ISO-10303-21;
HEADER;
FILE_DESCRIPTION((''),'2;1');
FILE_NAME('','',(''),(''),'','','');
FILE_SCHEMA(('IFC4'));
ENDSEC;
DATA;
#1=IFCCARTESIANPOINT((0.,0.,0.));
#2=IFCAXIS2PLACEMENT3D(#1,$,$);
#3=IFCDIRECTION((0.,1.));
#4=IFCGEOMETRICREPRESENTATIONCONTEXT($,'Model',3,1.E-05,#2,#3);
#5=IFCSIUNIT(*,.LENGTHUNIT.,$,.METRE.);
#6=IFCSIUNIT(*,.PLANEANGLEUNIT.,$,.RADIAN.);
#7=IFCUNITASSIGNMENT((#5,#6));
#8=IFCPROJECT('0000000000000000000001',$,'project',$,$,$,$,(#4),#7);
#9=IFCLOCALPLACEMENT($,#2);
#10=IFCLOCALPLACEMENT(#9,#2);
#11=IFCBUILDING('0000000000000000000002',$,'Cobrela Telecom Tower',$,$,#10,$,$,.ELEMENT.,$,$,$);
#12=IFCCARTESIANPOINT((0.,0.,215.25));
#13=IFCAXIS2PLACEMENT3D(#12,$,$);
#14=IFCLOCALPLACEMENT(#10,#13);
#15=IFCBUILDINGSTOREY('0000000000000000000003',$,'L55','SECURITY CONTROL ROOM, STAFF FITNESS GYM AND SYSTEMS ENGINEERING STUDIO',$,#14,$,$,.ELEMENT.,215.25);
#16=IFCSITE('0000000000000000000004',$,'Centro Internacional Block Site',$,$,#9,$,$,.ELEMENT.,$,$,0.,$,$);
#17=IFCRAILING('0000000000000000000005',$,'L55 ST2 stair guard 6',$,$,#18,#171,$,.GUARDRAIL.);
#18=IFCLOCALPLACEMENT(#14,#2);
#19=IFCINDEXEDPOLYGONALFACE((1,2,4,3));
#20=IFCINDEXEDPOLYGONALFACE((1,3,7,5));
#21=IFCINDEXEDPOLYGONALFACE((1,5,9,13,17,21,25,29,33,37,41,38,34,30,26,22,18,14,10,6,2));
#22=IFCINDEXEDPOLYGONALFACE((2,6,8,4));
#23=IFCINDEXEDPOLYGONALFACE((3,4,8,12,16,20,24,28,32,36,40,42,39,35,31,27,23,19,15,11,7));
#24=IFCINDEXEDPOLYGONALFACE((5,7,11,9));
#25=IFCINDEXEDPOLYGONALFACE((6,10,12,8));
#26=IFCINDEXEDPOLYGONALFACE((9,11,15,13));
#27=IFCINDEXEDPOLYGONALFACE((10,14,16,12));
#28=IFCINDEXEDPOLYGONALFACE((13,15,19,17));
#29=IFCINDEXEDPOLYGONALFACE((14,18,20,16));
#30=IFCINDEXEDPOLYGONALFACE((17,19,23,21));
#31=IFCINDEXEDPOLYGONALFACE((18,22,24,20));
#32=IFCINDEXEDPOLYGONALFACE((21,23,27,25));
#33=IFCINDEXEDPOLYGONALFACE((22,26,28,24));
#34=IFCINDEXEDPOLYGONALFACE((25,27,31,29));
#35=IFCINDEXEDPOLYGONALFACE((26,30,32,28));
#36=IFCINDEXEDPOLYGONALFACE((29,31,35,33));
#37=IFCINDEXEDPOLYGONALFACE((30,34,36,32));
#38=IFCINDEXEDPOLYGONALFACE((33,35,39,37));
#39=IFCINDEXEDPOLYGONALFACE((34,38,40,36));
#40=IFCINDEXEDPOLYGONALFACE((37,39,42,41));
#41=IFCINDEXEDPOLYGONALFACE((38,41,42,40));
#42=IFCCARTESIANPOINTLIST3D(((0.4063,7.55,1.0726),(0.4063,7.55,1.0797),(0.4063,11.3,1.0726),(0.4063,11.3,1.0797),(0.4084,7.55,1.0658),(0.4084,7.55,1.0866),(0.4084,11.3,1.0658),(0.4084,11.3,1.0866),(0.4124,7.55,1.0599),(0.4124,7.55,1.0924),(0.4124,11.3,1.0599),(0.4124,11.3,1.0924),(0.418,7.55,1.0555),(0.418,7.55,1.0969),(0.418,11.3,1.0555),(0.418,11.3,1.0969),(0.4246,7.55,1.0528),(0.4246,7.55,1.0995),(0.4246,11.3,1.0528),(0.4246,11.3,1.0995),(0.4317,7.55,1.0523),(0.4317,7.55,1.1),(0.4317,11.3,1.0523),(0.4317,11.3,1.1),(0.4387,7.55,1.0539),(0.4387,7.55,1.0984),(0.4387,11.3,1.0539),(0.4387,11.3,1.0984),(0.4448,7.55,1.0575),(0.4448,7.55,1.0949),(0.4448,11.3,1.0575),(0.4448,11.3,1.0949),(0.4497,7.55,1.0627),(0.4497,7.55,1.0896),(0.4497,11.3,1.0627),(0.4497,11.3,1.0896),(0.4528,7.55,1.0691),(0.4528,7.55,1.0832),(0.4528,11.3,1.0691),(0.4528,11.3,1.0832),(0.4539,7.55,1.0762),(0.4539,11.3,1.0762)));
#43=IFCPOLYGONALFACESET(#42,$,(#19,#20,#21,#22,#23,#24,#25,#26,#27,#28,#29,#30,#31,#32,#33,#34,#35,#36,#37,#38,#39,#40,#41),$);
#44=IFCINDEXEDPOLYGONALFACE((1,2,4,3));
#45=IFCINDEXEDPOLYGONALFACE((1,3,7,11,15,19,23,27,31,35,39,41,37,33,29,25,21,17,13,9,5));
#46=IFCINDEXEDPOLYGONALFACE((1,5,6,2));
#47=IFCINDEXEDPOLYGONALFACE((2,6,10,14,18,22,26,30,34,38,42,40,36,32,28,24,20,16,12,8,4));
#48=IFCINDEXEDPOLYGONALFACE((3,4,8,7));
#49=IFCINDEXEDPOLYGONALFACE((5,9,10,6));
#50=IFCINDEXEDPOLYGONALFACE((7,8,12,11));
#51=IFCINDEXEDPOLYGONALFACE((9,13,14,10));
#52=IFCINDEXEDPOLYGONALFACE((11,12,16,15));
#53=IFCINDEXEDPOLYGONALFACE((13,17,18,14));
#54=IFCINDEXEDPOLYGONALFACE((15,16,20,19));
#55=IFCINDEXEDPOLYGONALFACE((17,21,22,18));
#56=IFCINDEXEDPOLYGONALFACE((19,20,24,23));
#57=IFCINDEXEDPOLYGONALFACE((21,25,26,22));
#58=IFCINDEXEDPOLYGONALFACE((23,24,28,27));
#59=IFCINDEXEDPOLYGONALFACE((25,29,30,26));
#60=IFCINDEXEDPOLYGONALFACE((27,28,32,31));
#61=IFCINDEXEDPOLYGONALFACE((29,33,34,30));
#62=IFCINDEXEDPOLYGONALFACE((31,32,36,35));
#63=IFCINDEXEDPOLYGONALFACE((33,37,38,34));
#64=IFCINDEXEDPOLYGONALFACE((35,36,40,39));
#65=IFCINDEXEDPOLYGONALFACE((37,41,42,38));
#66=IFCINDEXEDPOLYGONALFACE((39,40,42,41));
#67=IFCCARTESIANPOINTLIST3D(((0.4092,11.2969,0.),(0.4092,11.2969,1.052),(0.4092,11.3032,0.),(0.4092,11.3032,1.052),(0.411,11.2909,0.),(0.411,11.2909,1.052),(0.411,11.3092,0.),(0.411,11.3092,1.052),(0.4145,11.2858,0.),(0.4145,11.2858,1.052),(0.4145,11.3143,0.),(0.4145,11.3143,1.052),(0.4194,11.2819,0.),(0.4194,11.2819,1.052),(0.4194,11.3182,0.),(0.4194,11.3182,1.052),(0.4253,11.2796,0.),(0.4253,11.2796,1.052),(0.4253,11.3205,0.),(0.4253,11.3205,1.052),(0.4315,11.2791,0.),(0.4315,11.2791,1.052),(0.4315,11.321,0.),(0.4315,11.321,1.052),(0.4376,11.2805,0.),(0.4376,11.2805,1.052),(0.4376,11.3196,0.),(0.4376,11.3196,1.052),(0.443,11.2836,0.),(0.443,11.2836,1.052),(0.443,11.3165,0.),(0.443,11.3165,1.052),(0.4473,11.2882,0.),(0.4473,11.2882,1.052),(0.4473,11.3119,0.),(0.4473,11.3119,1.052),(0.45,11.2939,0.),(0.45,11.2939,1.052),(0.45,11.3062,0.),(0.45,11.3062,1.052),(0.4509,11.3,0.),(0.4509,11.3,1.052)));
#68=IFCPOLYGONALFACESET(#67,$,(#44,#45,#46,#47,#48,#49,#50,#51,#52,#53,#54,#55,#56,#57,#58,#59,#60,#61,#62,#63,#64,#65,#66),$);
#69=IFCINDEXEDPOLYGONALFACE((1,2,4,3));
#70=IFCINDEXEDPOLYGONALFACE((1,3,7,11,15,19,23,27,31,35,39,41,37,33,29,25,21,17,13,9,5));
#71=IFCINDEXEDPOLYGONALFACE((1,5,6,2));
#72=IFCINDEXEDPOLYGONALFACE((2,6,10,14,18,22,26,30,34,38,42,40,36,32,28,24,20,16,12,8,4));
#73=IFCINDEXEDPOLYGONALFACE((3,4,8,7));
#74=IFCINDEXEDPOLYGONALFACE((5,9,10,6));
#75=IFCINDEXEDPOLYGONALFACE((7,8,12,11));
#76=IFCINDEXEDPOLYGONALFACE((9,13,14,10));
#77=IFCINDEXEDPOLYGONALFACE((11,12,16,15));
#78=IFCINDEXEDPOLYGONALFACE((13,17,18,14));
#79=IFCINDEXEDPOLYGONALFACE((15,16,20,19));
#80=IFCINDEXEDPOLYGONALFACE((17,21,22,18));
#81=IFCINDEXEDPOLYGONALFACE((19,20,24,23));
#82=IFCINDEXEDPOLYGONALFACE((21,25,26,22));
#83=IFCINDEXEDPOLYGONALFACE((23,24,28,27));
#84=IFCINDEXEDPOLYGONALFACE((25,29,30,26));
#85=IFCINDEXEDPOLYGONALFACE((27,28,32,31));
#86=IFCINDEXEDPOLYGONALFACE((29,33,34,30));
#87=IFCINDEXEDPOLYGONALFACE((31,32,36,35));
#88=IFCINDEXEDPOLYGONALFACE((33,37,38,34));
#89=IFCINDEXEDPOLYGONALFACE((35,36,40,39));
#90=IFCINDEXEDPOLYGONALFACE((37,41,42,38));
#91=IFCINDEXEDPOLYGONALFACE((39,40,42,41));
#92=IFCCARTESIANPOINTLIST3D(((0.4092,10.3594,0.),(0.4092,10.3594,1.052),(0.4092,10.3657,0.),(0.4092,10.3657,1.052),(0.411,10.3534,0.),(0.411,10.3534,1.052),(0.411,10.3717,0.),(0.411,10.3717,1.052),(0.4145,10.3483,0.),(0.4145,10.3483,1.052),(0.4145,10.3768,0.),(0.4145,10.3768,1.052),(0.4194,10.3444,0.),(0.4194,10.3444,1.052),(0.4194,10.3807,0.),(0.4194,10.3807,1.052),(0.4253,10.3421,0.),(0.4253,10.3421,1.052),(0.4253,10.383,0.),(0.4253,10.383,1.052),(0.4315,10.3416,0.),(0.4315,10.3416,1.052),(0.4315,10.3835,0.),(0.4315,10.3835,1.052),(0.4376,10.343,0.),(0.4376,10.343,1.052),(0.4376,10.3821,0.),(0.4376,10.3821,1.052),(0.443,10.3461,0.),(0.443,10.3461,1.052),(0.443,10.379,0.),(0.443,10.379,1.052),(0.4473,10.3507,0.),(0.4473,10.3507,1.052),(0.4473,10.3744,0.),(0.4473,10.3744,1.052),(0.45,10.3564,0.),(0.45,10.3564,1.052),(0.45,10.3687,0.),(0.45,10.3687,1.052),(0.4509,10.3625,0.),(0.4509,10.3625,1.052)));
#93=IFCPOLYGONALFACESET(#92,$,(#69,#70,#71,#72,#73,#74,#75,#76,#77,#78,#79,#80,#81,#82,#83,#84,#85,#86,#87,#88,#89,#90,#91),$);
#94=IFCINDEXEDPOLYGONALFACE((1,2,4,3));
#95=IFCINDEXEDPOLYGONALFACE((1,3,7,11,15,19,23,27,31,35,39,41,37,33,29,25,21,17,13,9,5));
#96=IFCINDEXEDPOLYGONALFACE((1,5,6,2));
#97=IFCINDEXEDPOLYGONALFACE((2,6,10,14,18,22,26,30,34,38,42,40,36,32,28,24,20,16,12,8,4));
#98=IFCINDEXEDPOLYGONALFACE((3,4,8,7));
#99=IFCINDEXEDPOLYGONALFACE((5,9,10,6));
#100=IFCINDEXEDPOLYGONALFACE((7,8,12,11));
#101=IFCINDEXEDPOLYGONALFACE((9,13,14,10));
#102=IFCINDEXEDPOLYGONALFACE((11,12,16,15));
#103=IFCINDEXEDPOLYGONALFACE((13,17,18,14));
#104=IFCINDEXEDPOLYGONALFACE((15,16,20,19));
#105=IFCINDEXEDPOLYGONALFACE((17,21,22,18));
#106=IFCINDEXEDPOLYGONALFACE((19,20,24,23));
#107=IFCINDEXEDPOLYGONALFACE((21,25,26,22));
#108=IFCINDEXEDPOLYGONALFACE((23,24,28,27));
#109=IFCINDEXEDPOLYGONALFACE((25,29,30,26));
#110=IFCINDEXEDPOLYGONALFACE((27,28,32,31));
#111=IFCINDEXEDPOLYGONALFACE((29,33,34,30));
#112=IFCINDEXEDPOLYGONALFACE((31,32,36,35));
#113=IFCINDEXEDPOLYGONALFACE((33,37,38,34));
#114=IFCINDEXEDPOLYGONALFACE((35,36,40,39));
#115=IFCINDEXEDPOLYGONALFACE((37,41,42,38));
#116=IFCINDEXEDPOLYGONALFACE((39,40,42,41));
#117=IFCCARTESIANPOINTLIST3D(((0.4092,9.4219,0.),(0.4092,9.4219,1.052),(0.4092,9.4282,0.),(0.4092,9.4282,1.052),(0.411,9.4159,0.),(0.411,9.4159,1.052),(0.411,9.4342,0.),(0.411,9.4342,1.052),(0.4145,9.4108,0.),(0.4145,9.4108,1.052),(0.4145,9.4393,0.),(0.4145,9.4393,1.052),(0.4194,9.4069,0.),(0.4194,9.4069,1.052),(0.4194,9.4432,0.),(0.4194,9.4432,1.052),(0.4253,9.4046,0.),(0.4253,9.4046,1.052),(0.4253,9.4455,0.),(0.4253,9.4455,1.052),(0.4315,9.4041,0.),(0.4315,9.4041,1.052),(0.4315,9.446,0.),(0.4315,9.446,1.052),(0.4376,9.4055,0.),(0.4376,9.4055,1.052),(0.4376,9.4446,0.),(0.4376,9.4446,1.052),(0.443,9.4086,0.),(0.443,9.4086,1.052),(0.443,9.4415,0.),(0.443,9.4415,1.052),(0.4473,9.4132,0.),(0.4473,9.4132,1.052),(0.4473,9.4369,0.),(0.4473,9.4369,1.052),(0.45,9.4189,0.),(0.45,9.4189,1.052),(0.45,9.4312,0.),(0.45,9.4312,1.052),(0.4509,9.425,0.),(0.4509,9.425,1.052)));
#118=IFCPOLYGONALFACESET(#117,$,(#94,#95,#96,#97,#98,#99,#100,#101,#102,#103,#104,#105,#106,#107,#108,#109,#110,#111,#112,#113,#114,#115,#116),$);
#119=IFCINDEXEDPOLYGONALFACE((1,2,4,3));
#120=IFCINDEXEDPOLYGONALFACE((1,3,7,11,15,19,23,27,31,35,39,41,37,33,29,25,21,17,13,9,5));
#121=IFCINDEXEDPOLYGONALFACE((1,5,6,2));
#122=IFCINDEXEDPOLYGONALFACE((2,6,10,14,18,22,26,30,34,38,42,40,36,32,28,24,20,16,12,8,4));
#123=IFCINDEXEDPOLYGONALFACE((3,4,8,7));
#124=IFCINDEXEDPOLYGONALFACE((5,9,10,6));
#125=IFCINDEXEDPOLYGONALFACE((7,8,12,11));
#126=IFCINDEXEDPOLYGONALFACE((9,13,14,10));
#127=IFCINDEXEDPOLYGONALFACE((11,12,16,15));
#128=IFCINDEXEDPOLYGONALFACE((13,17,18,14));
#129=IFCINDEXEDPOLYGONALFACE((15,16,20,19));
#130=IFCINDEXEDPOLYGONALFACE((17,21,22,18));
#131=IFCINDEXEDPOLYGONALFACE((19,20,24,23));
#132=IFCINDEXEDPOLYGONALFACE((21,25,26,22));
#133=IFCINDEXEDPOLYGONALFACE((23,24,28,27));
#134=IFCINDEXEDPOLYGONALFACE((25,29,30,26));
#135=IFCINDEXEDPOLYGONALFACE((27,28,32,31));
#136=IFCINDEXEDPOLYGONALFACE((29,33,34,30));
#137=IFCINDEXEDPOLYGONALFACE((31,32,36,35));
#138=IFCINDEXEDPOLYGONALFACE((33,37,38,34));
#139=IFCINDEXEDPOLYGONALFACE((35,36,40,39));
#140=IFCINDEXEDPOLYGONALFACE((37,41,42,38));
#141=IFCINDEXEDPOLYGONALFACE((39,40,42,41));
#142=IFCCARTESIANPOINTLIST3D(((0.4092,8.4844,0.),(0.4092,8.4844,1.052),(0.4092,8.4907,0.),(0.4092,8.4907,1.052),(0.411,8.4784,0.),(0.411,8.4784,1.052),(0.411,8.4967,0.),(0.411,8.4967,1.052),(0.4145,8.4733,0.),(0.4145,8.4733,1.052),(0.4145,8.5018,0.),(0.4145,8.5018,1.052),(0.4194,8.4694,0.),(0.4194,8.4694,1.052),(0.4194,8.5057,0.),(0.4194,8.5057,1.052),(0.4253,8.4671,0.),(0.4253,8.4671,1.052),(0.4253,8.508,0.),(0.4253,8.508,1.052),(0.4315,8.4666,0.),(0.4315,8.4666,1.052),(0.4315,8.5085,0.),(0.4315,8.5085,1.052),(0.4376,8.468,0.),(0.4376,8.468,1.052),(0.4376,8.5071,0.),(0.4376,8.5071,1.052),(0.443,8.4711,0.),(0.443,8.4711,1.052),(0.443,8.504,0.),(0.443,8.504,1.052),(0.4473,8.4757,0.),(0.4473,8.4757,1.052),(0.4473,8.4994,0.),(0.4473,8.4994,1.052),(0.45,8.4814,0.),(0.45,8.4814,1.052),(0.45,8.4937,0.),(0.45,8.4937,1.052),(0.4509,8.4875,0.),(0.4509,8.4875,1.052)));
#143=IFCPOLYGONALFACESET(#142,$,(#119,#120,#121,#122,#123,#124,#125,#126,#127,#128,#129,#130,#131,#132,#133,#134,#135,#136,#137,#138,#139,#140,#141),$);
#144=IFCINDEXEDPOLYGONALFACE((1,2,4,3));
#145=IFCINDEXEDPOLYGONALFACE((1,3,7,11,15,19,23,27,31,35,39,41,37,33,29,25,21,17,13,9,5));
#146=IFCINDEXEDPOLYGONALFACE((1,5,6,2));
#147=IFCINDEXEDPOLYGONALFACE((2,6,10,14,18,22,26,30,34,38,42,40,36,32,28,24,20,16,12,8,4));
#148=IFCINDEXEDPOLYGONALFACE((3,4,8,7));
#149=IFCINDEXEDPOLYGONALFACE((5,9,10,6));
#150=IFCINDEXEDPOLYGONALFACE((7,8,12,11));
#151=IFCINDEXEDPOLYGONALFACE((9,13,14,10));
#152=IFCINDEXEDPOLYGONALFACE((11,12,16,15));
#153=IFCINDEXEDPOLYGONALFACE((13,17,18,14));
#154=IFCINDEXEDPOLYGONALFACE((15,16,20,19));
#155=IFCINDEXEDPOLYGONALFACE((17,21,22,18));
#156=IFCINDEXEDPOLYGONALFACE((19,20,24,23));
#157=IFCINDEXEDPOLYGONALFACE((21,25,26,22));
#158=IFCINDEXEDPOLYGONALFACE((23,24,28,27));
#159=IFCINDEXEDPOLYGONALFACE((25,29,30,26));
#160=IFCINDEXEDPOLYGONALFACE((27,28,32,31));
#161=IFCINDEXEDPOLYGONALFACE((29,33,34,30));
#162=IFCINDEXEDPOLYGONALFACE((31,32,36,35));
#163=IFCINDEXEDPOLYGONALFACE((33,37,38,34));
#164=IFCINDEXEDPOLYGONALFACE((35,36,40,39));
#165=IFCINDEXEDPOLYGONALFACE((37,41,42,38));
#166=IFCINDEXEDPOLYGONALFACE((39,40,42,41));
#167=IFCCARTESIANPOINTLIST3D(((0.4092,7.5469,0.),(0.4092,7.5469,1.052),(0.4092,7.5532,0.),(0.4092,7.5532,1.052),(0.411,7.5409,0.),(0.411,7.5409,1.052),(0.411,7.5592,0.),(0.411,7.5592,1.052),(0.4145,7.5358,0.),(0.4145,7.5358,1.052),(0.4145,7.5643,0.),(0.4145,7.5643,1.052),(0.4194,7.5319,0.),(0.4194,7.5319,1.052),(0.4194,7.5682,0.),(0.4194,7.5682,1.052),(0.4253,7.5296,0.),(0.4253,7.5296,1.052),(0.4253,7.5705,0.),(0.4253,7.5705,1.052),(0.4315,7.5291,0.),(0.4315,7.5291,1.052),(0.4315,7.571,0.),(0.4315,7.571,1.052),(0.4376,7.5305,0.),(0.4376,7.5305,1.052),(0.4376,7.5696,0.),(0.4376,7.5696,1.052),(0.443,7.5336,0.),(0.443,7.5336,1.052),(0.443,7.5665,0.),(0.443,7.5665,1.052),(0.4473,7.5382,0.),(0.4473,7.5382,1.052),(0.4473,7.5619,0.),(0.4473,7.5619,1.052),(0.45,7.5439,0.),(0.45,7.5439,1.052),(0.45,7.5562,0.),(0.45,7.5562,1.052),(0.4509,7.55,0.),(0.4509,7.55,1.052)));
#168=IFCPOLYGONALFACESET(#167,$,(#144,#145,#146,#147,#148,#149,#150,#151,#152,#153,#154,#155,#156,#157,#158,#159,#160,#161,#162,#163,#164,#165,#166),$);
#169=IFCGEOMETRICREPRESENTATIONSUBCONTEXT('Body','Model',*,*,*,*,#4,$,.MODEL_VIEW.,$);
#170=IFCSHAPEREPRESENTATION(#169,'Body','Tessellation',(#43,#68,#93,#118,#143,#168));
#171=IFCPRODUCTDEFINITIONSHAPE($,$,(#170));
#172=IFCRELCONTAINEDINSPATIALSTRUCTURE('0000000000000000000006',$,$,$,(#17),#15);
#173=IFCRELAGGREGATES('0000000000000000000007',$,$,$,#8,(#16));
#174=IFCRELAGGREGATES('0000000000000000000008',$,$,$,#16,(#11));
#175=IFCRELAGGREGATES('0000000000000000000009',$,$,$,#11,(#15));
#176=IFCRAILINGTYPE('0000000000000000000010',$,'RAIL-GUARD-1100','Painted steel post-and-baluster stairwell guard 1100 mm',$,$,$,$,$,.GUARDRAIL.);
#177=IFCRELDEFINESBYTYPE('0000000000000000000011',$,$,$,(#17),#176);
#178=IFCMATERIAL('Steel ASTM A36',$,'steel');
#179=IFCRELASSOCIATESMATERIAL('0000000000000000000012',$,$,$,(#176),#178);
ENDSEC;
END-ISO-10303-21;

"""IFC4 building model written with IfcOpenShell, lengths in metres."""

from ifc_helpers import new_model, si_unit, direction, frame, origin, origin_2d, place, context, subcontext, project, spatial, circle, extrude, material, type_object, element, save


model = new_model("IFC4")

# Units and contexts
model_context = context("Model", 3, precision=1e-05, world=origin(), true_north=direction((0.0, 1.0)))
body_context = subcontext(model_context, "Body", "Model", "MODEL_VIEW")
ifc_project = project(units=[si_unit("LENGTHUNIT", "METRE"), si_unit("PLANEANGLEUNIT", "RADIAN")], contexts=[model_context])

# Site, building, storey
site_placement = place(None, origin())
site = spatial("IfcSite", under=ifc_project, at=site_placement, Name="Centro Internacional Block Site", CompositionType="ELEMENT", RefElevation=0.0)
building_placement = place(site_placement, origin())
building = spatial("IfcBuilding", under=site, at=building_placement, Name="Cobrela Telecom Tower", CompositionType="ELEMENT")
storey_placement = place(building_placement, frame((0.0, 0.0, 215.25)))
storey = spatial("IfcBuildingStorey", under=building, at=storey_placement, Name="L55", Description="SECURITY CONTROL ROOM, STAFF FITNESS GYM AND SYSTEMS ENGINEERING STUDIO", CompositionType="ELEMENT", Elevation=215.25)

# Shared definitions
ifc_material_1 = material(Name="Steel ASTM A36", Category="steel")

# Railing
railing_type = type_object("IfcRailingType", Name="RAIL-GUARD-1100", Description="Painted steel post-and-baluster stairwell guard 1100 mm", PredefinedType="GUARDRAIL", material=ifc_material_1)
railing_1_placement = place(storey_placement, frame((0.4299, 11.3, 0.0)))
element("IfcRailing", 1, at=railing_1_placement, inside=storey, type_object=railing_type, Name="L55 ST2 stair guard 6", PredefinedType="GUARDRAIL", context=body_context, shape_type="SweptSolid", body=[
    extrude(circle(Radius=0.0239, at=origin_2d()), frame((0.0, 0.0, 1.0762), z_axis=(0.0, -1.0, 0.0), x_axis=(1.0, 0.0, 0.0)), (0.0, 0.0, 1.0), 3.75),
    extrude(circle(Radius=0.021, at=origin_2d()), origin(), (0.0, 0.0, 1.0), 1.052),
    extrude(circle(Radius=0.021, at=origin_2d()), frame((0.0, -0.9375, 0.0)), (0.0, 0.0, 1.0), 1.052),
    extrude(circle(Radius=0.021, at=origin_2d()), frame((0.0, -1.875, 0.0)), (0.0, 0.0, 1.0), 1.052),
    extrude(circle(Radius=0.021, at=origin_2d()), frame((0.0, -2.8125, 0.0)), (0.0, 0.0, 1.0), 1.052),
    extrude(circle(Radius=0.021, at=origin_2d()), frame((0.0, -3.75, 0.0)), (0.0, 0.0, 1.0), 1.052),
])

save(model, "model.ifc")
